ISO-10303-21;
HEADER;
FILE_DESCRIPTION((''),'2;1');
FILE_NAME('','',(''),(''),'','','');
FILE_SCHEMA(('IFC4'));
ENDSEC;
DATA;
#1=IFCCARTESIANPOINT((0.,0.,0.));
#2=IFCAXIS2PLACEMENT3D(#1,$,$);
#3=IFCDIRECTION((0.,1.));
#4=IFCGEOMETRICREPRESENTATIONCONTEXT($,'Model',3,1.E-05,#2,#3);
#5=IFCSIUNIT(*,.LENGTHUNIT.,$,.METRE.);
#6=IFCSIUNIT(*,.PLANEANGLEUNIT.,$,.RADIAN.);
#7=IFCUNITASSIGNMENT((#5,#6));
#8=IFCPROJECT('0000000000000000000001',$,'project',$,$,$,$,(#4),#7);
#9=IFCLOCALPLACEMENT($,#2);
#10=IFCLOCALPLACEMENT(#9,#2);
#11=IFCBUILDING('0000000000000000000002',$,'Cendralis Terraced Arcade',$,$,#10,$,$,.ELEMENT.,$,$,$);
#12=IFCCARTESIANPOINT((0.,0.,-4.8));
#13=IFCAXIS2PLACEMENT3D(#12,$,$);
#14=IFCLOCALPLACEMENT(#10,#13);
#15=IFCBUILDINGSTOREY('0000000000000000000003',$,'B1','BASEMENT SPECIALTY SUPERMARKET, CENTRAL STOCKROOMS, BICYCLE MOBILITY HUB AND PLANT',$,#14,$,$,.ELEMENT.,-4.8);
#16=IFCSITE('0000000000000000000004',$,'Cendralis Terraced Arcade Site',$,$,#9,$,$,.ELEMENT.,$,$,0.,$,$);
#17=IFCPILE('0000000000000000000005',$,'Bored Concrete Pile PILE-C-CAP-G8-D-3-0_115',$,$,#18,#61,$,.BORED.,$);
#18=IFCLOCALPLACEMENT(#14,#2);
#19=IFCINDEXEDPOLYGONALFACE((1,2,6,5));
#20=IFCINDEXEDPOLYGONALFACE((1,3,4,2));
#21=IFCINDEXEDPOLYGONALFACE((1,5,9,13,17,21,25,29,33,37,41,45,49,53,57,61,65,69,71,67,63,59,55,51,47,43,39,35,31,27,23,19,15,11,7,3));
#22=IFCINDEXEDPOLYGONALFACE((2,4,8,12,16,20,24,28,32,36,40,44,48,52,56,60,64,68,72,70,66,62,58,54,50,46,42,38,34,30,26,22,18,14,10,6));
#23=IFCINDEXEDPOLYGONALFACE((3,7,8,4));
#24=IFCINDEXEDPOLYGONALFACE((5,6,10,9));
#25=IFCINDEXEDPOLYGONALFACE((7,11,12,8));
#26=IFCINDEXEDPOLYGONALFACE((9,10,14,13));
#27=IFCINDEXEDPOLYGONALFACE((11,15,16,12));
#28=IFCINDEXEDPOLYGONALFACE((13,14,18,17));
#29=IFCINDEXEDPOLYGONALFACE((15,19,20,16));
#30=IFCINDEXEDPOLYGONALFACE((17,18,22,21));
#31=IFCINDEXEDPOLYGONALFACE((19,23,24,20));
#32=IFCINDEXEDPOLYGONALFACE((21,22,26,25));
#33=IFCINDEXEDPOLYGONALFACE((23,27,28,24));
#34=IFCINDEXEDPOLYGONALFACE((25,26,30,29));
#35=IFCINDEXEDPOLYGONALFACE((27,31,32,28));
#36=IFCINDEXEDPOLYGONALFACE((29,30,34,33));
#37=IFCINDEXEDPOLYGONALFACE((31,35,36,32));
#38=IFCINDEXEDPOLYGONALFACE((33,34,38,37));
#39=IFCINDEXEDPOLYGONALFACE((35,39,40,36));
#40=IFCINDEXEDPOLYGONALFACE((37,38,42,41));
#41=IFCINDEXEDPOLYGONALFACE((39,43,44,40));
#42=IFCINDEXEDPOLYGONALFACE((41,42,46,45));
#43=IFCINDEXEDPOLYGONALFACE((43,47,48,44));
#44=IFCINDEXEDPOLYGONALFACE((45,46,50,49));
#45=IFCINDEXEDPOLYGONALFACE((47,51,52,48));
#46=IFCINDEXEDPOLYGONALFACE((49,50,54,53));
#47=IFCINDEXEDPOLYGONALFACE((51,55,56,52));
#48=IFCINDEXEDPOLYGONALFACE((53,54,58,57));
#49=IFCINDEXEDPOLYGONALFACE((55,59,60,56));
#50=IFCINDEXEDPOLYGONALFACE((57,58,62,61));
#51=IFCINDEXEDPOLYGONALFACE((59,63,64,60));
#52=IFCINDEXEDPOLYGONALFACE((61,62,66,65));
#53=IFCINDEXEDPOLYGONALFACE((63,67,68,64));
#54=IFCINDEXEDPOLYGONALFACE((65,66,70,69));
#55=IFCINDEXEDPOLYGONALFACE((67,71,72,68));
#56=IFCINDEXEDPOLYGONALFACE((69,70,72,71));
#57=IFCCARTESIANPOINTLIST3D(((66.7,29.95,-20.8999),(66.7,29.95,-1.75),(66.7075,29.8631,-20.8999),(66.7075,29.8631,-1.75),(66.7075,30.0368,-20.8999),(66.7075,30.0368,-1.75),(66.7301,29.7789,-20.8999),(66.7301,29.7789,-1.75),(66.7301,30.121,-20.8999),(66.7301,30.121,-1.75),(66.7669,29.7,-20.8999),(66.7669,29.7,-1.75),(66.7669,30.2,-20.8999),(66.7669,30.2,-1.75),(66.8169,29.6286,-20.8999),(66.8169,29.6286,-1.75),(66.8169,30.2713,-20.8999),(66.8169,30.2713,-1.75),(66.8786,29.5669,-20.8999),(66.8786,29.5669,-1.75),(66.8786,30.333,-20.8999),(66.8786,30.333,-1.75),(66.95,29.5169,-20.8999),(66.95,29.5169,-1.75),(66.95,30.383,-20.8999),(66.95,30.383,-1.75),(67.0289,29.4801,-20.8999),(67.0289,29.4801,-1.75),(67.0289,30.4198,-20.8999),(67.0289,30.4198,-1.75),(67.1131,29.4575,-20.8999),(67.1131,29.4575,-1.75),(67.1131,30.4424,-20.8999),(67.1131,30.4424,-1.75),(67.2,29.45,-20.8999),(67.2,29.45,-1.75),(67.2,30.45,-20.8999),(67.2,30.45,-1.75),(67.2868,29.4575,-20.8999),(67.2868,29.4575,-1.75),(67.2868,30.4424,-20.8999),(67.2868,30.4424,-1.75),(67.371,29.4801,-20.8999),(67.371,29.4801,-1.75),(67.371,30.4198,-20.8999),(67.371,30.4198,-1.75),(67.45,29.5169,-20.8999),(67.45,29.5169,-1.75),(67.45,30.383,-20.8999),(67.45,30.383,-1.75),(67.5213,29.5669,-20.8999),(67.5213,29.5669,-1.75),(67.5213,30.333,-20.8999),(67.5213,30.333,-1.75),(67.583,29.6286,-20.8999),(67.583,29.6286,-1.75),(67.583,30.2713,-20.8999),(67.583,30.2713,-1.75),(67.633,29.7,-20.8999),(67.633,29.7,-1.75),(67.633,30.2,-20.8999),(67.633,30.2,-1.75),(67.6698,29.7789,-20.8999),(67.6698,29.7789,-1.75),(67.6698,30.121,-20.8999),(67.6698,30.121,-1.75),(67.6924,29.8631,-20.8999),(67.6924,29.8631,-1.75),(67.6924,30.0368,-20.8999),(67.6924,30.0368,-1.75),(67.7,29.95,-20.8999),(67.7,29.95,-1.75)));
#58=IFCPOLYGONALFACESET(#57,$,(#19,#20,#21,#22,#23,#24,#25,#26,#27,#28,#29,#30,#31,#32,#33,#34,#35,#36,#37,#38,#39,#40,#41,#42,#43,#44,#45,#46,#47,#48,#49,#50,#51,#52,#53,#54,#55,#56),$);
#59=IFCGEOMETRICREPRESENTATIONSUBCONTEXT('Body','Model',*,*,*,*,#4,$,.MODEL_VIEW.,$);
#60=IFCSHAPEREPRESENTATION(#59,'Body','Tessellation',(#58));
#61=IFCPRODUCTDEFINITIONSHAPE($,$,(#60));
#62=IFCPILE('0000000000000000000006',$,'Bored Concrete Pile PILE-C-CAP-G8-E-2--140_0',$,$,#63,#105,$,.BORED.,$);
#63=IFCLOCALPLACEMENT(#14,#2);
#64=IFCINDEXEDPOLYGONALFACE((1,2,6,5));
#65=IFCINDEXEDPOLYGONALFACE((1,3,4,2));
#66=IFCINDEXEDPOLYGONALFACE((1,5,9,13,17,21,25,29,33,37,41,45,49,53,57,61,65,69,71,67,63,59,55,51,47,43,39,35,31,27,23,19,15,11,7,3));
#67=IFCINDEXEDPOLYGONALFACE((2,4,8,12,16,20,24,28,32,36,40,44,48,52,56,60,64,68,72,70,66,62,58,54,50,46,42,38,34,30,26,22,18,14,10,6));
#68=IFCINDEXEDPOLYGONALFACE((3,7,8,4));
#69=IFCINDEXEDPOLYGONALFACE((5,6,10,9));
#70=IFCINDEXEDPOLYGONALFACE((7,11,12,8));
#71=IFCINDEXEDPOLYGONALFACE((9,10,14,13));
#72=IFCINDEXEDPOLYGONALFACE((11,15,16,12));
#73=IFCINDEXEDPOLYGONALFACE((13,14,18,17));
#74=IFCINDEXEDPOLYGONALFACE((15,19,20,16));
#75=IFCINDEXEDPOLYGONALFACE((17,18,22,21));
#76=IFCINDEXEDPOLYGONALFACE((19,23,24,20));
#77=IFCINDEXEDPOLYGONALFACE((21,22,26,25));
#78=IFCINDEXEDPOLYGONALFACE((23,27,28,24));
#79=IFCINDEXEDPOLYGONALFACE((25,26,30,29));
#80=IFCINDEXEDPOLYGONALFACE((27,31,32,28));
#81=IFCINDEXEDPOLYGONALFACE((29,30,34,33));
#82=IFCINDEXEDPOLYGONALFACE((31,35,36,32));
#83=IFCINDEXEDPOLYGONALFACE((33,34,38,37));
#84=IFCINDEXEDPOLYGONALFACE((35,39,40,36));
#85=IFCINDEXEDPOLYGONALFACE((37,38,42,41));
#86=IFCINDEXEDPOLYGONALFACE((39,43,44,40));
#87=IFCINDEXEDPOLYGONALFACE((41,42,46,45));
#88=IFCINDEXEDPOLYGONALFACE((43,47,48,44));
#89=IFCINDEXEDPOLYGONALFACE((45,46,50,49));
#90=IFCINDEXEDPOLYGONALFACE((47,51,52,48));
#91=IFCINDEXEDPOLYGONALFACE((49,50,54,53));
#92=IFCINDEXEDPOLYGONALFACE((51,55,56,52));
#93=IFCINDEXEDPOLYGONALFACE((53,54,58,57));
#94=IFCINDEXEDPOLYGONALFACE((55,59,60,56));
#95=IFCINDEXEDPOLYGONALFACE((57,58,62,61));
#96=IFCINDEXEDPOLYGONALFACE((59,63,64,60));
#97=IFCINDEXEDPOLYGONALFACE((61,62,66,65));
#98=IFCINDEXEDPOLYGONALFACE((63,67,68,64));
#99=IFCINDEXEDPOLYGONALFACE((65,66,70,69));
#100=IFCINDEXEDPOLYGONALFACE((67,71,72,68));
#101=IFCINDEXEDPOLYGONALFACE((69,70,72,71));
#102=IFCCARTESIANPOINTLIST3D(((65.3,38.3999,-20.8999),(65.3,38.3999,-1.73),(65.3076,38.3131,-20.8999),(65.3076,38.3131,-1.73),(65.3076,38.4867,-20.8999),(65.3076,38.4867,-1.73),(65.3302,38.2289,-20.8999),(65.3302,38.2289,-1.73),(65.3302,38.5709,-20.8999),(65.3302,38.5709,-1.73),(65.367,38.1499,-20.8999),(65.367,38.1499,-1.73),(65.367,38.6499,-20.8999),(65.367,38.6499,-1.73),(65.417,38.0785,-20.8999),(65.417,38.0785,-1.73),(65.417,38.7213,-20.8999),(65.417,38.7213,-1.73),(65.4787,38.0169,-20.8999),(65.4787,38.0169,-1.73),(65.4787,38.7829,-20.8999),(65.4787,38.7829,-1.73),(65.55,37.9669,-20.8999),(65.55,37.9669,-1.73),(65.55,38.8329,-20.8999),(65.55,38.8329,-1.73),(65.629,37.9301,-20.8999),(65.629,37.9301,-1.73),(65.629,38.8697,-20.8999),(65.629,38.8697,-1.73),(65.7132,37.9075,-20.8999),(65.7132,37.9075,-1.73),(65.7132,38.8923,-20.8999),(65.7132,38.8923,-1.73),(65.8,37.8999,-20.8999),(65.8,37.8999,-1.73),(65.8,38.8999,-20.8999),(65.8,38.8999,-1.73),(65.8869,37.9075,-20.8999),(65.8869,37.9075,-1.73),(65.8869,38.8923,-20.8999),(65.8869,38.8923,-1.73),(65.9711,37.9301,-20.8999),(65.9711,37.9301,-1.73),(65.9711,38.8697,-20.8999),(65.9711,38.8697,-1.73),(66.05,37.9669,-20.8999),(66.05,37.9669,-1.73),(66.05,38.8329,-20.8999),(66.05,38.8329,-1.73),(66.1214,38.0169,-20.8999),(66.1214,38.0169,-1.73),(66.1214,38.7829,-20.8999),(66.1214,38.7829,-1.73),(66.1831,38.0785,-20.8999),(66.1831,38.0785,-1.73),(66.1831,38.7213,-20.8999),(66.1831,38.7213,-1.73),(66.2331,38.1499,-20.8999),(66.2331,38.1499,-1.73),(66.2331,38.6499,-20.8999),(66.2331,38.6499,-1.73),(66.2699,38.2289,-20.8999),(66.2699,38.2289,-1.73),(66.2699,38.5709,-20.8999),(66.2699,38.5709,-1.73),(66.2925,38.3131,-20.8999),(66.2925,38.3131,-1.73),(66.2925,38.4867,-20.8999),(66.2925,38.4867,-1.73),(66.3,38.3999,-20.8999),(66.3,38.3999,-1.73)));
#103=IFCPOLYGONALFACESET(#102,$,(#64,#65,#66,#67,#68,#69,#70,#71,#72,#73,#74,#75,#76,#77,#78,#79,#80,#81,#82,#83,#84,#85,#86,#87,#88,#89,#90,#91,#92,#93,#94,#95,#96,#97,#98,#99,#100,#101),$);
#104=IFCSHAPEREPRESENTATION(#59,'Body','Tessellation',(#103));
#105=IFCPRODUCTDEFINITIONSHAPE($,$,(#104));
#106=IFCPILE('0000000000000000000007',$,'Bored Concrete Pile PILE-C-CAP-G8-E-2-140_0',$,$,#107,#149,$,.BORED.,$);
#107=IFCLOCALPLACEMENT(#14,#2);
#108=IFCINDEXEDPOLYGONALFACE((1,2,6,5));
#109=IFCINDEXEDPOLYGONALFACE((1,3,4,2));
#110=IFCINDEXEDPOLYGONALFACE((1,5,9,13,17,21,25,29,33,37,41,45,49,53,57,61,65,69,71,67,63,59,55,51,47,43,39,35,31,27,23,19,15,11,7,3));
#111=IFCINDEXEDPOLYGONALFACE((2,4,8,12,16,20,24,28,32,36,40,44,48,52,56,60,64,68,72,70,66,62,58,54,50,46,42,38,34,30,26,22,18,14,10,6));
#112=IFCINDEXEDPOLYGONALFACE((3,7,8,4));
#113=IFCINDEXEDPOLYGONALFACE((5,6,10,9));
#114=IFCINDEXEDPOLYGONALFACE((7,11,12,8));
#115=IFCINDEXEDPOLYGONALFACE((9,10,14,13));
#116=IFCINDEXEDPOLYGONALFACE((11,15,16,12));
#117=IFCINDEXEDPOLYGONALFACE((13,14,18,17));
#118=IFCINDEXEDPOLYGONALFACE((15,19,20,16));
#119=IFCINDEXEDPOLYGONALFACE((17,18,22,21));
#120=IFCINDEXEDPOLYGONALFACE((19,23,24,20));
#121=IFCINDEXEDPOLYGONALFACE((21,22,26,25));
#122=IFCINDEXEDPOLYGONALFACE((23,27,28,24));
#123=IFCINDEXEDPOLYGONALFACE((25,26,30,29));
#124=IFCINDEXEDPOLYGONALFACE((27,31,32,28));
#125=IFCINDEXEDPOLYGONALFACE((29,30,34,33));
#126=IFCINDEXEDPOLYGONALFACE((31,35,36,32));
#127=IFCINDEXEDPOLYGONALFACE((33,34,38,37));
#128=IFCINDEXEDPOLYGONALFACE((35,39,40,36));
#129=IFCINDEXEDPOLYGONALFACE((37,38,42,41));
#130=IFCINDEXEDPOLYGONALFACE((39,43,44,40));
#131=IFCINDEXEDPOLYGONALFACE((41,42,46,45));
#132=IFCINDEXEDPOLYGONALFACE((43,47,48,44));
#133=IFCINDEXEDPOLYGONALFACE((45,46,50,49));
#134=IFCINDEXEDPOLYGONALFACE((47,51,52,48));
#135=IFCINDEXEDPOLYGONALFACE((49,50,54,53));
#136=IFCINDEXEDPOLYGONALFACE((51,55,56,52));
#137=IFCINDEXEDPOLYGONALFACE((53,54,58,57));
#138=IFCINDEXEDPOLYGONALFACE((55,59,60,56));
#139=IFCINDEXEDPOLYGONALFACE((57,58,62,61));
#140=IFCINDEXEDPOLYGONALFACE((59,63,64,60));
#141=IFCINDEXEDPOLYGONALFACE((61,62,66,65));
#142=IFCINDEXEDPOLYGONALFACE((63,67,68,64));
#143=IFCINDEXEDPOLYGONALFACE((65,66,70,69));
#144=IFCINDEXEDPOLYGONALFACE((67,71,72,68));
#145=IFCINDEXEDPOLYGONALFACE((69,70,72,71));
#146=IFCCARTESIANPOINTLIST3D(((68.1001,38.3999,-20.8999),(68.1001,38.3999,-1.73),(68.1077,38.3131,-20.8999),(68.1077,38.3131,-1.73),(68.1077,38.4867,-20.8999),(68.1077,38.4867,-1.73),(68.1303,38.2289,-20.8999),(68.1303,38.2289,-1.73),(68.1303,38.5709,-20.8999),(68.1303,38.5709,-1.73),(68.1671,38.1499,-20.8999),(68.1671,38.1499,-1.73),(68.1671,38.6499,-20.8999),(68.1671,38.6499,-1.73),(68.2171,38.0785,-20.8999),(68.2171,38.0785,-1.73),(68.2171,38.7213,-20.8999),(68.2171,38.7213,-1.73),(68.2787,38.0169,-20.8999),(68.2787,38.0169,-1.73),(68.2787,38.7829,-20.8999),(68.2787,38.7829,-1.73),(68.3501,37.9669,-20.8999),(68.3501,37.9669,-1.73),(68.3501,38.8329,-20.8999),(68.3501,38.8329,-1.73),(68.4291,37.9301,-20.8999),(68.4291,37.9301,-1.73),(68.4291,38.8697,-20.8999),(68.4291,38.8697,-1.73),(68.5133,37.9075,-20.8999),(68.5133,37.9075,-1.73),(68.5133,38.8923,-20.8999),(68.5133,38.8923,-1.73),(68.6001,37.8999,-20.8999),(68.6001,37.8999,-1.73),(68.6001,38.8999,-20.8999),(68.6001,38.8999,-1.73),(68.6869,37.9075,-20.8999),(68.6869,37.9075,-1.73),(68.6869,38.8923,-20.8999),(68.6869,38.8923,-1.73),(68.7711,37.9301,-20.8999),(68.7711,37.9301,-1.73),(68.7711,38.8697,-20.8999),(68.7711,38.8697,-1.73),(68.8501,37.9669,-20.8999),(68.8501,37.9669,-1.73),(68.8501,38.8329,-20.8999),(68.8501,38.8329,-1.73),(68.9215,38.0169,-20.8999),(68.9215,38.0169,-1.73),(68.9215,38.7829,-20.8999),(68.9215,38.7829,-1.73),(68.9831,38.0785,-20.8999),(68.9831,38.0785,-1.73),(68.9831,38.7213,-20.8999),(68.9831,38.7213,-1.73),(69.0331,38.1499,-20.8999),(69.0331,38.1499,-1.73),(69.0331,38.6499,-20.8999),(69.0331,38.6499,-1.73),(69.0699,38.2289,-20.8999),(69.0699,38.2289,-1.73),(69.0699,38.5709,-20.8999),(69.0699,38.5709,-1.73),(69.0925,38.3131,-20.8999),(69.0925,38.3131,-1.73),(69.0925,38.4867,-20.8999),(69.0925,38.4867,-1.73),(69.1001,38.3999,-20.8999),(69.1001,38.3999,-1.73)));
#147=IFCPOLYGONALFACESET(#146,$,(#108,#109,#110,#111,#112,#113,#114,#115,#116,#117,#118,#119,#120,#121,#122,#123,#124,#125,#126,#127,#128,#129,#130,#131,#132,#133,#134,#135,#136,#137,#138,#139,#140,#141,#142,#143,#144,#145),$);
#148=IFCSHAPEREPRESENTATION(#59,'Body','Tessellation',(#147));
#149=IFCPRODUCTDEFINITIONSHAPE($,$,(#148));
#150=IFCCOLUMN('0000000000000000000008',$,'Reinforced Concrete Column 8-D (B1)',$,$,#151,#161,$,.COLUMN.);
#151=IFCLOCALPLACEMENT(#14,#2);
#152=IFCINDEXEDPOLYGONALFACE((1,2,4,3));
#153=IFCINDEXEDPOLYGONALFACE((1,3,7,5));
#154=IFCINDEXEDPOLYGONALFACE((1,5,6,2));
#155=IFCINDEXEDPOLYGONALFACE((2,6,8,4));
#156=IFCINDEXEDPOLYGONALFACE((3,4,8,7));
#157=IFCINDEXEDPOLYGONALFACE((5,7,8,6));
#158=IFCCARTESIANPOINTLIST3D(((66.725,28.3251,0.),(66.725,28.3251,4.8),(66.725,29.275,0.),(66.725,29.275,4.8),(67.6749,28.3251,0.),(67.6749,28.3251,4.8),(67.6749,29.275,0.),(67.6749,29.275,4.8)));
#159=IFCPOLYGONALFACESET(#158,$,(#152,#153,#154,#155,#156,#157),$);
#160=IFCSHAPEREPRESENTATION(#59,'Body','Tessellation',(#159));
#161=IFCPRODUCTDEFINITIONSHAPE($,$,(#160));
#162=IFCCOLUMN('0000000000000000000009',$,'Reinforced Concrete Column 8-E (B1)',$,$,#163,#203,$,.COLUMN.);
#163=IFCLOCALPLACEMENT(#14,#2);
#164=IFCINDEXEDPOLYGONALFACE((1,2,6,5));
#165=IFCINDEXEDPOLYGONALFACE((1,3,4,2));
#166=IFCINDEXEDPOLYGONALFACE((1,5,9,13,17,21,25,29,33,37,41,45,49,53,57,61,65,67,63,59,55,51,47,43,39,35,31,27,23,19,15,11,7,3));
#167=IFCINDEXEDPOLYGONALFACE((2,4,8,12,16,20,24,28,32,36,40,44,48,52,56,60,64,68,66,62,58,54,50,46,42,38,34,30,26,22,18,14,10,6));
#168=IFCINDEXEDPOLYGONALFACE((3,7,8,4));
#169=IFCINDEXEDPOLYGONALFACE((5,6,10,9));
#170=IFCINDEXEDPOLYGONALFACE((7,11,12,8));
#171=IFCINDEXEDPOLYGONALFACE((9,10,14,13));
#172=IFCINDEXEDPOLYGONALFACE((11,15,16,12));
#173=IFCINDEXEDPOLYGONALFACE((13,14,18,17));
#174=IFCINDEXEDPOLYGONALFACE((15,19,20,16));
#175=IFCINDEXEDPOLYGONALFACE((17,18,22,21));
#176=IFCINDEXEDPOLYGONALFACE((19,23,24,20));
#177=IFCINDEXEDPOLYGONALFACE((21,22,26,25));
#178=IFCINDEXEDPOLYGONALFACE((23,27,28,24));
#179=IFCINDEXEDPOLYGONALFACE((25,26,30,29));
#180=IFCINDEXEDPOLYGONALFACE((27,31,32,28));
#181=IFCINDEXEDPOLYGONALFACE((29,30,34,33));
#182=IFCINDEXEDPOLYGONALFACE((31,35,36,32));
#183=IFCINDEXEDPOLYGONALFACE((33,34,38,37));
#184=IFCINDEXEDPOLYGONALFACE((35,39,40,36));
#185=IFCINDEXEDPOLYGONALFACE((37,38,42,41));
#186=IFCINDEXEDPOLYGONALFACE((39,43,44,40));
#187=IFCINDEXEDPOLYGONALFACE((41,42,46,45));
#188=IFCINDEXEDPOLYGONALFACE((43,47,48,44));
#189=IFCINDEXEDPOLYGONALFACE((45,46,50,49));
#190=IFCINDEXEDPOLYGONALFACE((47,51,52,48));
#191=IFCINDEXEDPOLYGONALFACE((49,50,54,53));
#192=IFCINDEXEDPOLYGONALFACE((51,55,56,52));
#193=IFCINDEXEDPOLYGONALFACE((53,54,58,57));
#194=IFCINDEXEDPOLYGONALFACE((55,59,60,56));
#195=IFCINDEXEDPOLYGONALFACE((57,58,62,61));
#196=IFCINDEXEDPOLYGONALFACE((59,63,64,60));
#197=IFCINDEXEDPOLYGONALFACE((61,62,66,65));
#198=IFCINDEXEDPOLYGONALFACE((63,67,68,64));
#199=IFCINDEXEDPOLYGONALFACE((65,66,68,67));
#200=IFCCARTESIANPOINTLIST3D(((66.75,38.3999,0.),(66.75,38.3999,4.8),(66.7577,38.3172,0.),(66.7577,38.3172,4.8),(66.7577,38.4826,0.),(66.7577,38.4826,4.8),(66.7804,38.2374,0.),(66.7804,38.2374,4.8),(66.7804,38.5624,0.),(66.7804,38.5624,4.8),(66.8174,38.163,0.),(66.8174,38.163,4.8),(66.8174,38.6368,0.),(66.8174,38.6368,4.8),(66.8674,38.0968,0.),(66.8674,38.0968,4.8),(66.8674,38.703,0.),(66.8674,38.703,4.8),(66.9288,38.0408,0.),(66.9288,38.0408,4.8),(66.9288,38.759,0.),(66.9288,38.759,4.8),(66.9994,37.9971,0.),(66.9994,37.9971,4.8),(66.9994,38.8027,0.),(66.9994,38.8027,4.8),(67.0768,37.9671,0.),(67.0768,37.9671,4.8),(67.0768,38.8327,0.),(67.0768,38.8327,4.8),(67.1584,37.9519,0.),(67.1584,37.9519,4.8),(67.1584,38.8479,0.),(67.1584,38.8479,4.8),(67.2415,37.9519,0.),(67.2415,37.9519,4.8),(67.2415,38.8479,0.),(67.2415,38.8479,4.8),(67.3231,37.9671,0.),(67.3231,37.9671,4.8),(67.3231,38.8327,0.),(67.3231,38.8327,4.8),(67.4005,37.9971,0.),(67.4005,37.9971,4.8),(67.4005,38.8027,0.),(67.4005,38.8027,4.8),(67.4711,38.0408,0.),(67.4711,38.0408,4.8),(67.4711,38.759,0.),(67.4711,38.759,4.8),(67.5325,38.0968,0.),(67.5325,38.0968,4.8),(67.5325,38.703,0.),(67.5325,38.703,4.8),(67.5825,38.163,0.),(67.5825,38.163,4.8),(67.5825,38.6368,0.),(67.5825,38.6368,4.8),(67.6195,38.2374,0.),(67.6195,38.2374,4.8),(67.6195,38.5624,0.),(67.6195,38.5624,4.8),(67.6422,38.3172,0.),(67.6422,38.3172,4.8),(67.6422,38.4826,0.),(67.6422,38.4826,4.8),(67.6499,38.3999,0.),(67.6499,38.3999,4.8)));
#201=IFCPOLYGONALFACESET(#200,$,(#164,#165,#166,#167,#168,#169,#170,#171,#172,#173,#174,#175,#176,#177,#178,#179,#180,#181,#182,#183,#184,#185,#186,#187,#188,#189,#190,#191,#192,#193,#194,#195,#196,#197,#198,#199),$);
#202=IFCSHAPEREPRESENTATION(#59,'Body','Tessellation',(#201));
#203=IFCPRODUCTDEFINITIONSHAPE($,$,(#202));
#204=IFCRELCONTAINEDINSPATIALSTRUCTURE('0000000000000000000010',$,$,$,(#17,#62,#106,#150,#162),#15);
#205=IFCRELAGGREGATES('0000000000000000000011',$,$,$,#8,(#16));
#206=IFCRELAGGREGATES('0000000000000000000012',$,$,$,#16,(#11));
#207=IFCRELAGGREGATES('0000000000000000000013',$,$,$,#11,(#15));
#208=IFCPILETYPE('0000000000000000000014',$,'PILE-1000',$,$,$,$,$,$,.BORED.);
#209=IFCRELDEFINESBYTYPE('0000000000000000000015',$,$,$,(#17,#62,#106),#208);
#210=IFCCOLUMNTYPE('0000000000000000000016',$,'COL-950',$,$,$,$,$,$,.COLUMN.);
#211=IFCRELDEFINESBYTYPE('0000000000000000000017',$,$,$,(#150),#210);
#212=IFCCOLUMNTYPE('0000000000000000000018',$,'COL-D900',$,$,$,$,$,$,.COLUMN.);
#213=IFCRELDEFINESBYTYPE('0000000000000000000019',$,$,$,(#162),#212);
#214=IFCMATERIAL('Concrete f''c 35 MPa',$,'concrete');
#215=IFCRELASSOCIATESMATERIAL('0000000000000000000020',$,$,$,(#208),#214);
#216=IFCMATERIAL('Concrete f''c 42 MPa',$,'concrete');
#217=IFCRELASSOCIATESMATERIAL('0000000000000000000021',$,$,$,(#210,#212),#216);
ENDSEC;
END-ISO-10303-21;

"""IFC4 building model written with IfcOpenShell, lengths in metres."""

from ifc_helpers import new_model, si_unit, direction, frame, origin, origin_2d, place, context, subcontext, project, spatial, rectangle, circle, extrude, material, material_profile, profile_set, type_object, element, save


model = new_model("IFC4")

# Units and contexts
model_context = context("Model", 3, precision=1e-05, world=origin(), true_north=direction((0.0, 1.0)))
body_context = subcontext(model_context, "Body", "Model", "MODEL_VIEW")
ifc_project = project(units=[si_unit("LENGTHUNIT", "METRE"), si_unit("PLANEANGLEUNIT", "RADIAN")], contexts=[model_context])

# Site, building, storey
site_placement = place(None, origin())
site = spatial("IfcSite", under=ifc_project, at=site_placement, Name="Cendralis Terraced Arcade Site", CompositionType="ELEMENT", RefElevation=0.0)
building_placement = place(site_placement, origin())
building = spatial("IfcBuilding", under=site, at=building_placement, Name="Cendralis Terraced Arcade", CompositionType="ELEMENT")
storey_placement = place(building_placement, frame((0.0, 0.0, -4.8)))
storey = spatial("IfcBuildingStorey", under=building, at=storey_placement, Name="B1", Description="BASEMENT SPECIALTY SUPERMARKET, CENTRAL STOCKROOMS, BICYCLE MOBILITY HUB AND PLANT", CompositionType="ELEMENT", Elevation=-4.8)

# Shared definitions
ifc_material_1 = material(Name="Concrete f'c 35 MPa", Category="concrete")

# Piles
ifc_material_profile_1 = material_profile(ifc_material_1, circle(Radius=0.5, at=origin_2d()), Name="PILE-D1000", Category="LoadBearing")
ifc_profile_set_1 = profile_set([ifc_material_profile_1], Name="Concrete f'c 35 MPa")
pile_type = type_object("IfcPileType", Name="PILE-1000", PredefinedType="BORED", material=ifc_profile_set_1)
for number, where, z_axis, x_axis, name in (
    (1, (67.2, 29.95, -1.75), (0.0, 0.0, -1.0), (1.0, 0.0, 0.0), "Bored Concrete Pile PILE-C-CAP-G8-D-3-0_115"),
):
    element("IfcPile", number, at=place(storey_placement, frame(where, z_axis=z_axis, x_axis=x_axis)), inside=storey, type_object=pile_type, Name=name, PredefinedType="BORED", context=body_context, shape_type="SweptSolid", body=[
        extrude(circle(Radius=0.5, at=origin_2d()), origin(), (0.0, 0.0, 1.0), 19.1499),
    ])
for number, where, z_axis, x_axis, name in (
    (2, (65.8, 38.3999, -1.73), (0.0, 0.0, -1.0), (1.0, 0.0, 0.0), "Bored Concrete Pile PILE-C-CAP-G8-E-2--140_0"),
    (3, (68.6001, 38.3999, -1.73), (0.0, 0.0, -1.0), (1.0, 0.0, 0.0), "Bored Concrete Pile PILE-C-CAP-G8-E-2-140_0"),
):
    element("IfcPile", number, at=place(storey_placement, frame(where, z_axis=z_axis, x_axis=x_axis)), inside=storey, type_object=pile_type, Name=name, PredefinedType="BORED", context=body_context, shape_type="SweptSolid", body=[
        extrude(circle(Radius=0.5, at=origin_2d()), origin(), (0.0, 0.0, 1.0), 19.1699),
    ])

# Columns
ifc_material_2 = material(Name="Concrete f'c 42 MPa", Category="concrete")
ifc_material_profile_2 = material_profile(ifc_material_2, rectangle(XDim=0.95, YDim=0.95, at=origin_2d()), Name="RC-COL-950x950", Category="LoadBearing")
ifc_profile_set_2 = profile_set([ifc_material_profile_2], Name="Concrete f'c 42 MPa")
column_type_1 = type_object("IfcColumnType", Name="COL-950", PredefinedType="COLUMN", material=ifc_profile_set_2)
column_1_placement = place(storey_placement, frame((67.2, 28.8, 0.0), z_axis=(0.0, 0.0, 1.0), x_axis=(1.0, 0.0, 0.0)))
element("IfcColumn", 4, at=column_1_placement, inside=storey, type_object=column_type_1, Name="Reinforced Concrete Column 8-D (B1)", PredefinedType="COLUMN", context=body_context, shape_type="SweptSolid", body=[
    extrude(rectangle(XDim=0.95, YDim=0.95, at=origin_2d()), origin(), (0.0, 0.0, 1.0), 4.8),
])
ifc_material_profile_3 = material_profile(ifc_material_2, circle(Radius=0.45, at=origin_2d()), Name="RC-COL-D900", Category="LoadBearing")
ifc_profile_set_3 = profile_set([ifc_material_profile_3], Name="Concrete f'c 42 MPa")
column_type_2 = type_object("IfcColumnType", Name="COL-D900", PredefinedType="COLUMN", material=ifc_profile_set_3)
column_2_placement = place(storey_placement, frame((67.2, 38.3999, 0.0), z_axis=(0.0, 0.0, 1.0), x_axis=(1.0, 0.0, 0.0)))
element("IfcColumn", 5, at=column_2_placement, inside=storey, type_object=column_type_2, Name="Reinforced Concrete Column 8-E (B1)", PredefinedType="COLUMN", context=body_context, shape_type="SweptSolid", body=[
    extrude(circle(Radius=0.45, at=origin_2d()), origin(), (0.0, 0.0, 1.0), 4.8),
])

save(model, "model.ifc")
